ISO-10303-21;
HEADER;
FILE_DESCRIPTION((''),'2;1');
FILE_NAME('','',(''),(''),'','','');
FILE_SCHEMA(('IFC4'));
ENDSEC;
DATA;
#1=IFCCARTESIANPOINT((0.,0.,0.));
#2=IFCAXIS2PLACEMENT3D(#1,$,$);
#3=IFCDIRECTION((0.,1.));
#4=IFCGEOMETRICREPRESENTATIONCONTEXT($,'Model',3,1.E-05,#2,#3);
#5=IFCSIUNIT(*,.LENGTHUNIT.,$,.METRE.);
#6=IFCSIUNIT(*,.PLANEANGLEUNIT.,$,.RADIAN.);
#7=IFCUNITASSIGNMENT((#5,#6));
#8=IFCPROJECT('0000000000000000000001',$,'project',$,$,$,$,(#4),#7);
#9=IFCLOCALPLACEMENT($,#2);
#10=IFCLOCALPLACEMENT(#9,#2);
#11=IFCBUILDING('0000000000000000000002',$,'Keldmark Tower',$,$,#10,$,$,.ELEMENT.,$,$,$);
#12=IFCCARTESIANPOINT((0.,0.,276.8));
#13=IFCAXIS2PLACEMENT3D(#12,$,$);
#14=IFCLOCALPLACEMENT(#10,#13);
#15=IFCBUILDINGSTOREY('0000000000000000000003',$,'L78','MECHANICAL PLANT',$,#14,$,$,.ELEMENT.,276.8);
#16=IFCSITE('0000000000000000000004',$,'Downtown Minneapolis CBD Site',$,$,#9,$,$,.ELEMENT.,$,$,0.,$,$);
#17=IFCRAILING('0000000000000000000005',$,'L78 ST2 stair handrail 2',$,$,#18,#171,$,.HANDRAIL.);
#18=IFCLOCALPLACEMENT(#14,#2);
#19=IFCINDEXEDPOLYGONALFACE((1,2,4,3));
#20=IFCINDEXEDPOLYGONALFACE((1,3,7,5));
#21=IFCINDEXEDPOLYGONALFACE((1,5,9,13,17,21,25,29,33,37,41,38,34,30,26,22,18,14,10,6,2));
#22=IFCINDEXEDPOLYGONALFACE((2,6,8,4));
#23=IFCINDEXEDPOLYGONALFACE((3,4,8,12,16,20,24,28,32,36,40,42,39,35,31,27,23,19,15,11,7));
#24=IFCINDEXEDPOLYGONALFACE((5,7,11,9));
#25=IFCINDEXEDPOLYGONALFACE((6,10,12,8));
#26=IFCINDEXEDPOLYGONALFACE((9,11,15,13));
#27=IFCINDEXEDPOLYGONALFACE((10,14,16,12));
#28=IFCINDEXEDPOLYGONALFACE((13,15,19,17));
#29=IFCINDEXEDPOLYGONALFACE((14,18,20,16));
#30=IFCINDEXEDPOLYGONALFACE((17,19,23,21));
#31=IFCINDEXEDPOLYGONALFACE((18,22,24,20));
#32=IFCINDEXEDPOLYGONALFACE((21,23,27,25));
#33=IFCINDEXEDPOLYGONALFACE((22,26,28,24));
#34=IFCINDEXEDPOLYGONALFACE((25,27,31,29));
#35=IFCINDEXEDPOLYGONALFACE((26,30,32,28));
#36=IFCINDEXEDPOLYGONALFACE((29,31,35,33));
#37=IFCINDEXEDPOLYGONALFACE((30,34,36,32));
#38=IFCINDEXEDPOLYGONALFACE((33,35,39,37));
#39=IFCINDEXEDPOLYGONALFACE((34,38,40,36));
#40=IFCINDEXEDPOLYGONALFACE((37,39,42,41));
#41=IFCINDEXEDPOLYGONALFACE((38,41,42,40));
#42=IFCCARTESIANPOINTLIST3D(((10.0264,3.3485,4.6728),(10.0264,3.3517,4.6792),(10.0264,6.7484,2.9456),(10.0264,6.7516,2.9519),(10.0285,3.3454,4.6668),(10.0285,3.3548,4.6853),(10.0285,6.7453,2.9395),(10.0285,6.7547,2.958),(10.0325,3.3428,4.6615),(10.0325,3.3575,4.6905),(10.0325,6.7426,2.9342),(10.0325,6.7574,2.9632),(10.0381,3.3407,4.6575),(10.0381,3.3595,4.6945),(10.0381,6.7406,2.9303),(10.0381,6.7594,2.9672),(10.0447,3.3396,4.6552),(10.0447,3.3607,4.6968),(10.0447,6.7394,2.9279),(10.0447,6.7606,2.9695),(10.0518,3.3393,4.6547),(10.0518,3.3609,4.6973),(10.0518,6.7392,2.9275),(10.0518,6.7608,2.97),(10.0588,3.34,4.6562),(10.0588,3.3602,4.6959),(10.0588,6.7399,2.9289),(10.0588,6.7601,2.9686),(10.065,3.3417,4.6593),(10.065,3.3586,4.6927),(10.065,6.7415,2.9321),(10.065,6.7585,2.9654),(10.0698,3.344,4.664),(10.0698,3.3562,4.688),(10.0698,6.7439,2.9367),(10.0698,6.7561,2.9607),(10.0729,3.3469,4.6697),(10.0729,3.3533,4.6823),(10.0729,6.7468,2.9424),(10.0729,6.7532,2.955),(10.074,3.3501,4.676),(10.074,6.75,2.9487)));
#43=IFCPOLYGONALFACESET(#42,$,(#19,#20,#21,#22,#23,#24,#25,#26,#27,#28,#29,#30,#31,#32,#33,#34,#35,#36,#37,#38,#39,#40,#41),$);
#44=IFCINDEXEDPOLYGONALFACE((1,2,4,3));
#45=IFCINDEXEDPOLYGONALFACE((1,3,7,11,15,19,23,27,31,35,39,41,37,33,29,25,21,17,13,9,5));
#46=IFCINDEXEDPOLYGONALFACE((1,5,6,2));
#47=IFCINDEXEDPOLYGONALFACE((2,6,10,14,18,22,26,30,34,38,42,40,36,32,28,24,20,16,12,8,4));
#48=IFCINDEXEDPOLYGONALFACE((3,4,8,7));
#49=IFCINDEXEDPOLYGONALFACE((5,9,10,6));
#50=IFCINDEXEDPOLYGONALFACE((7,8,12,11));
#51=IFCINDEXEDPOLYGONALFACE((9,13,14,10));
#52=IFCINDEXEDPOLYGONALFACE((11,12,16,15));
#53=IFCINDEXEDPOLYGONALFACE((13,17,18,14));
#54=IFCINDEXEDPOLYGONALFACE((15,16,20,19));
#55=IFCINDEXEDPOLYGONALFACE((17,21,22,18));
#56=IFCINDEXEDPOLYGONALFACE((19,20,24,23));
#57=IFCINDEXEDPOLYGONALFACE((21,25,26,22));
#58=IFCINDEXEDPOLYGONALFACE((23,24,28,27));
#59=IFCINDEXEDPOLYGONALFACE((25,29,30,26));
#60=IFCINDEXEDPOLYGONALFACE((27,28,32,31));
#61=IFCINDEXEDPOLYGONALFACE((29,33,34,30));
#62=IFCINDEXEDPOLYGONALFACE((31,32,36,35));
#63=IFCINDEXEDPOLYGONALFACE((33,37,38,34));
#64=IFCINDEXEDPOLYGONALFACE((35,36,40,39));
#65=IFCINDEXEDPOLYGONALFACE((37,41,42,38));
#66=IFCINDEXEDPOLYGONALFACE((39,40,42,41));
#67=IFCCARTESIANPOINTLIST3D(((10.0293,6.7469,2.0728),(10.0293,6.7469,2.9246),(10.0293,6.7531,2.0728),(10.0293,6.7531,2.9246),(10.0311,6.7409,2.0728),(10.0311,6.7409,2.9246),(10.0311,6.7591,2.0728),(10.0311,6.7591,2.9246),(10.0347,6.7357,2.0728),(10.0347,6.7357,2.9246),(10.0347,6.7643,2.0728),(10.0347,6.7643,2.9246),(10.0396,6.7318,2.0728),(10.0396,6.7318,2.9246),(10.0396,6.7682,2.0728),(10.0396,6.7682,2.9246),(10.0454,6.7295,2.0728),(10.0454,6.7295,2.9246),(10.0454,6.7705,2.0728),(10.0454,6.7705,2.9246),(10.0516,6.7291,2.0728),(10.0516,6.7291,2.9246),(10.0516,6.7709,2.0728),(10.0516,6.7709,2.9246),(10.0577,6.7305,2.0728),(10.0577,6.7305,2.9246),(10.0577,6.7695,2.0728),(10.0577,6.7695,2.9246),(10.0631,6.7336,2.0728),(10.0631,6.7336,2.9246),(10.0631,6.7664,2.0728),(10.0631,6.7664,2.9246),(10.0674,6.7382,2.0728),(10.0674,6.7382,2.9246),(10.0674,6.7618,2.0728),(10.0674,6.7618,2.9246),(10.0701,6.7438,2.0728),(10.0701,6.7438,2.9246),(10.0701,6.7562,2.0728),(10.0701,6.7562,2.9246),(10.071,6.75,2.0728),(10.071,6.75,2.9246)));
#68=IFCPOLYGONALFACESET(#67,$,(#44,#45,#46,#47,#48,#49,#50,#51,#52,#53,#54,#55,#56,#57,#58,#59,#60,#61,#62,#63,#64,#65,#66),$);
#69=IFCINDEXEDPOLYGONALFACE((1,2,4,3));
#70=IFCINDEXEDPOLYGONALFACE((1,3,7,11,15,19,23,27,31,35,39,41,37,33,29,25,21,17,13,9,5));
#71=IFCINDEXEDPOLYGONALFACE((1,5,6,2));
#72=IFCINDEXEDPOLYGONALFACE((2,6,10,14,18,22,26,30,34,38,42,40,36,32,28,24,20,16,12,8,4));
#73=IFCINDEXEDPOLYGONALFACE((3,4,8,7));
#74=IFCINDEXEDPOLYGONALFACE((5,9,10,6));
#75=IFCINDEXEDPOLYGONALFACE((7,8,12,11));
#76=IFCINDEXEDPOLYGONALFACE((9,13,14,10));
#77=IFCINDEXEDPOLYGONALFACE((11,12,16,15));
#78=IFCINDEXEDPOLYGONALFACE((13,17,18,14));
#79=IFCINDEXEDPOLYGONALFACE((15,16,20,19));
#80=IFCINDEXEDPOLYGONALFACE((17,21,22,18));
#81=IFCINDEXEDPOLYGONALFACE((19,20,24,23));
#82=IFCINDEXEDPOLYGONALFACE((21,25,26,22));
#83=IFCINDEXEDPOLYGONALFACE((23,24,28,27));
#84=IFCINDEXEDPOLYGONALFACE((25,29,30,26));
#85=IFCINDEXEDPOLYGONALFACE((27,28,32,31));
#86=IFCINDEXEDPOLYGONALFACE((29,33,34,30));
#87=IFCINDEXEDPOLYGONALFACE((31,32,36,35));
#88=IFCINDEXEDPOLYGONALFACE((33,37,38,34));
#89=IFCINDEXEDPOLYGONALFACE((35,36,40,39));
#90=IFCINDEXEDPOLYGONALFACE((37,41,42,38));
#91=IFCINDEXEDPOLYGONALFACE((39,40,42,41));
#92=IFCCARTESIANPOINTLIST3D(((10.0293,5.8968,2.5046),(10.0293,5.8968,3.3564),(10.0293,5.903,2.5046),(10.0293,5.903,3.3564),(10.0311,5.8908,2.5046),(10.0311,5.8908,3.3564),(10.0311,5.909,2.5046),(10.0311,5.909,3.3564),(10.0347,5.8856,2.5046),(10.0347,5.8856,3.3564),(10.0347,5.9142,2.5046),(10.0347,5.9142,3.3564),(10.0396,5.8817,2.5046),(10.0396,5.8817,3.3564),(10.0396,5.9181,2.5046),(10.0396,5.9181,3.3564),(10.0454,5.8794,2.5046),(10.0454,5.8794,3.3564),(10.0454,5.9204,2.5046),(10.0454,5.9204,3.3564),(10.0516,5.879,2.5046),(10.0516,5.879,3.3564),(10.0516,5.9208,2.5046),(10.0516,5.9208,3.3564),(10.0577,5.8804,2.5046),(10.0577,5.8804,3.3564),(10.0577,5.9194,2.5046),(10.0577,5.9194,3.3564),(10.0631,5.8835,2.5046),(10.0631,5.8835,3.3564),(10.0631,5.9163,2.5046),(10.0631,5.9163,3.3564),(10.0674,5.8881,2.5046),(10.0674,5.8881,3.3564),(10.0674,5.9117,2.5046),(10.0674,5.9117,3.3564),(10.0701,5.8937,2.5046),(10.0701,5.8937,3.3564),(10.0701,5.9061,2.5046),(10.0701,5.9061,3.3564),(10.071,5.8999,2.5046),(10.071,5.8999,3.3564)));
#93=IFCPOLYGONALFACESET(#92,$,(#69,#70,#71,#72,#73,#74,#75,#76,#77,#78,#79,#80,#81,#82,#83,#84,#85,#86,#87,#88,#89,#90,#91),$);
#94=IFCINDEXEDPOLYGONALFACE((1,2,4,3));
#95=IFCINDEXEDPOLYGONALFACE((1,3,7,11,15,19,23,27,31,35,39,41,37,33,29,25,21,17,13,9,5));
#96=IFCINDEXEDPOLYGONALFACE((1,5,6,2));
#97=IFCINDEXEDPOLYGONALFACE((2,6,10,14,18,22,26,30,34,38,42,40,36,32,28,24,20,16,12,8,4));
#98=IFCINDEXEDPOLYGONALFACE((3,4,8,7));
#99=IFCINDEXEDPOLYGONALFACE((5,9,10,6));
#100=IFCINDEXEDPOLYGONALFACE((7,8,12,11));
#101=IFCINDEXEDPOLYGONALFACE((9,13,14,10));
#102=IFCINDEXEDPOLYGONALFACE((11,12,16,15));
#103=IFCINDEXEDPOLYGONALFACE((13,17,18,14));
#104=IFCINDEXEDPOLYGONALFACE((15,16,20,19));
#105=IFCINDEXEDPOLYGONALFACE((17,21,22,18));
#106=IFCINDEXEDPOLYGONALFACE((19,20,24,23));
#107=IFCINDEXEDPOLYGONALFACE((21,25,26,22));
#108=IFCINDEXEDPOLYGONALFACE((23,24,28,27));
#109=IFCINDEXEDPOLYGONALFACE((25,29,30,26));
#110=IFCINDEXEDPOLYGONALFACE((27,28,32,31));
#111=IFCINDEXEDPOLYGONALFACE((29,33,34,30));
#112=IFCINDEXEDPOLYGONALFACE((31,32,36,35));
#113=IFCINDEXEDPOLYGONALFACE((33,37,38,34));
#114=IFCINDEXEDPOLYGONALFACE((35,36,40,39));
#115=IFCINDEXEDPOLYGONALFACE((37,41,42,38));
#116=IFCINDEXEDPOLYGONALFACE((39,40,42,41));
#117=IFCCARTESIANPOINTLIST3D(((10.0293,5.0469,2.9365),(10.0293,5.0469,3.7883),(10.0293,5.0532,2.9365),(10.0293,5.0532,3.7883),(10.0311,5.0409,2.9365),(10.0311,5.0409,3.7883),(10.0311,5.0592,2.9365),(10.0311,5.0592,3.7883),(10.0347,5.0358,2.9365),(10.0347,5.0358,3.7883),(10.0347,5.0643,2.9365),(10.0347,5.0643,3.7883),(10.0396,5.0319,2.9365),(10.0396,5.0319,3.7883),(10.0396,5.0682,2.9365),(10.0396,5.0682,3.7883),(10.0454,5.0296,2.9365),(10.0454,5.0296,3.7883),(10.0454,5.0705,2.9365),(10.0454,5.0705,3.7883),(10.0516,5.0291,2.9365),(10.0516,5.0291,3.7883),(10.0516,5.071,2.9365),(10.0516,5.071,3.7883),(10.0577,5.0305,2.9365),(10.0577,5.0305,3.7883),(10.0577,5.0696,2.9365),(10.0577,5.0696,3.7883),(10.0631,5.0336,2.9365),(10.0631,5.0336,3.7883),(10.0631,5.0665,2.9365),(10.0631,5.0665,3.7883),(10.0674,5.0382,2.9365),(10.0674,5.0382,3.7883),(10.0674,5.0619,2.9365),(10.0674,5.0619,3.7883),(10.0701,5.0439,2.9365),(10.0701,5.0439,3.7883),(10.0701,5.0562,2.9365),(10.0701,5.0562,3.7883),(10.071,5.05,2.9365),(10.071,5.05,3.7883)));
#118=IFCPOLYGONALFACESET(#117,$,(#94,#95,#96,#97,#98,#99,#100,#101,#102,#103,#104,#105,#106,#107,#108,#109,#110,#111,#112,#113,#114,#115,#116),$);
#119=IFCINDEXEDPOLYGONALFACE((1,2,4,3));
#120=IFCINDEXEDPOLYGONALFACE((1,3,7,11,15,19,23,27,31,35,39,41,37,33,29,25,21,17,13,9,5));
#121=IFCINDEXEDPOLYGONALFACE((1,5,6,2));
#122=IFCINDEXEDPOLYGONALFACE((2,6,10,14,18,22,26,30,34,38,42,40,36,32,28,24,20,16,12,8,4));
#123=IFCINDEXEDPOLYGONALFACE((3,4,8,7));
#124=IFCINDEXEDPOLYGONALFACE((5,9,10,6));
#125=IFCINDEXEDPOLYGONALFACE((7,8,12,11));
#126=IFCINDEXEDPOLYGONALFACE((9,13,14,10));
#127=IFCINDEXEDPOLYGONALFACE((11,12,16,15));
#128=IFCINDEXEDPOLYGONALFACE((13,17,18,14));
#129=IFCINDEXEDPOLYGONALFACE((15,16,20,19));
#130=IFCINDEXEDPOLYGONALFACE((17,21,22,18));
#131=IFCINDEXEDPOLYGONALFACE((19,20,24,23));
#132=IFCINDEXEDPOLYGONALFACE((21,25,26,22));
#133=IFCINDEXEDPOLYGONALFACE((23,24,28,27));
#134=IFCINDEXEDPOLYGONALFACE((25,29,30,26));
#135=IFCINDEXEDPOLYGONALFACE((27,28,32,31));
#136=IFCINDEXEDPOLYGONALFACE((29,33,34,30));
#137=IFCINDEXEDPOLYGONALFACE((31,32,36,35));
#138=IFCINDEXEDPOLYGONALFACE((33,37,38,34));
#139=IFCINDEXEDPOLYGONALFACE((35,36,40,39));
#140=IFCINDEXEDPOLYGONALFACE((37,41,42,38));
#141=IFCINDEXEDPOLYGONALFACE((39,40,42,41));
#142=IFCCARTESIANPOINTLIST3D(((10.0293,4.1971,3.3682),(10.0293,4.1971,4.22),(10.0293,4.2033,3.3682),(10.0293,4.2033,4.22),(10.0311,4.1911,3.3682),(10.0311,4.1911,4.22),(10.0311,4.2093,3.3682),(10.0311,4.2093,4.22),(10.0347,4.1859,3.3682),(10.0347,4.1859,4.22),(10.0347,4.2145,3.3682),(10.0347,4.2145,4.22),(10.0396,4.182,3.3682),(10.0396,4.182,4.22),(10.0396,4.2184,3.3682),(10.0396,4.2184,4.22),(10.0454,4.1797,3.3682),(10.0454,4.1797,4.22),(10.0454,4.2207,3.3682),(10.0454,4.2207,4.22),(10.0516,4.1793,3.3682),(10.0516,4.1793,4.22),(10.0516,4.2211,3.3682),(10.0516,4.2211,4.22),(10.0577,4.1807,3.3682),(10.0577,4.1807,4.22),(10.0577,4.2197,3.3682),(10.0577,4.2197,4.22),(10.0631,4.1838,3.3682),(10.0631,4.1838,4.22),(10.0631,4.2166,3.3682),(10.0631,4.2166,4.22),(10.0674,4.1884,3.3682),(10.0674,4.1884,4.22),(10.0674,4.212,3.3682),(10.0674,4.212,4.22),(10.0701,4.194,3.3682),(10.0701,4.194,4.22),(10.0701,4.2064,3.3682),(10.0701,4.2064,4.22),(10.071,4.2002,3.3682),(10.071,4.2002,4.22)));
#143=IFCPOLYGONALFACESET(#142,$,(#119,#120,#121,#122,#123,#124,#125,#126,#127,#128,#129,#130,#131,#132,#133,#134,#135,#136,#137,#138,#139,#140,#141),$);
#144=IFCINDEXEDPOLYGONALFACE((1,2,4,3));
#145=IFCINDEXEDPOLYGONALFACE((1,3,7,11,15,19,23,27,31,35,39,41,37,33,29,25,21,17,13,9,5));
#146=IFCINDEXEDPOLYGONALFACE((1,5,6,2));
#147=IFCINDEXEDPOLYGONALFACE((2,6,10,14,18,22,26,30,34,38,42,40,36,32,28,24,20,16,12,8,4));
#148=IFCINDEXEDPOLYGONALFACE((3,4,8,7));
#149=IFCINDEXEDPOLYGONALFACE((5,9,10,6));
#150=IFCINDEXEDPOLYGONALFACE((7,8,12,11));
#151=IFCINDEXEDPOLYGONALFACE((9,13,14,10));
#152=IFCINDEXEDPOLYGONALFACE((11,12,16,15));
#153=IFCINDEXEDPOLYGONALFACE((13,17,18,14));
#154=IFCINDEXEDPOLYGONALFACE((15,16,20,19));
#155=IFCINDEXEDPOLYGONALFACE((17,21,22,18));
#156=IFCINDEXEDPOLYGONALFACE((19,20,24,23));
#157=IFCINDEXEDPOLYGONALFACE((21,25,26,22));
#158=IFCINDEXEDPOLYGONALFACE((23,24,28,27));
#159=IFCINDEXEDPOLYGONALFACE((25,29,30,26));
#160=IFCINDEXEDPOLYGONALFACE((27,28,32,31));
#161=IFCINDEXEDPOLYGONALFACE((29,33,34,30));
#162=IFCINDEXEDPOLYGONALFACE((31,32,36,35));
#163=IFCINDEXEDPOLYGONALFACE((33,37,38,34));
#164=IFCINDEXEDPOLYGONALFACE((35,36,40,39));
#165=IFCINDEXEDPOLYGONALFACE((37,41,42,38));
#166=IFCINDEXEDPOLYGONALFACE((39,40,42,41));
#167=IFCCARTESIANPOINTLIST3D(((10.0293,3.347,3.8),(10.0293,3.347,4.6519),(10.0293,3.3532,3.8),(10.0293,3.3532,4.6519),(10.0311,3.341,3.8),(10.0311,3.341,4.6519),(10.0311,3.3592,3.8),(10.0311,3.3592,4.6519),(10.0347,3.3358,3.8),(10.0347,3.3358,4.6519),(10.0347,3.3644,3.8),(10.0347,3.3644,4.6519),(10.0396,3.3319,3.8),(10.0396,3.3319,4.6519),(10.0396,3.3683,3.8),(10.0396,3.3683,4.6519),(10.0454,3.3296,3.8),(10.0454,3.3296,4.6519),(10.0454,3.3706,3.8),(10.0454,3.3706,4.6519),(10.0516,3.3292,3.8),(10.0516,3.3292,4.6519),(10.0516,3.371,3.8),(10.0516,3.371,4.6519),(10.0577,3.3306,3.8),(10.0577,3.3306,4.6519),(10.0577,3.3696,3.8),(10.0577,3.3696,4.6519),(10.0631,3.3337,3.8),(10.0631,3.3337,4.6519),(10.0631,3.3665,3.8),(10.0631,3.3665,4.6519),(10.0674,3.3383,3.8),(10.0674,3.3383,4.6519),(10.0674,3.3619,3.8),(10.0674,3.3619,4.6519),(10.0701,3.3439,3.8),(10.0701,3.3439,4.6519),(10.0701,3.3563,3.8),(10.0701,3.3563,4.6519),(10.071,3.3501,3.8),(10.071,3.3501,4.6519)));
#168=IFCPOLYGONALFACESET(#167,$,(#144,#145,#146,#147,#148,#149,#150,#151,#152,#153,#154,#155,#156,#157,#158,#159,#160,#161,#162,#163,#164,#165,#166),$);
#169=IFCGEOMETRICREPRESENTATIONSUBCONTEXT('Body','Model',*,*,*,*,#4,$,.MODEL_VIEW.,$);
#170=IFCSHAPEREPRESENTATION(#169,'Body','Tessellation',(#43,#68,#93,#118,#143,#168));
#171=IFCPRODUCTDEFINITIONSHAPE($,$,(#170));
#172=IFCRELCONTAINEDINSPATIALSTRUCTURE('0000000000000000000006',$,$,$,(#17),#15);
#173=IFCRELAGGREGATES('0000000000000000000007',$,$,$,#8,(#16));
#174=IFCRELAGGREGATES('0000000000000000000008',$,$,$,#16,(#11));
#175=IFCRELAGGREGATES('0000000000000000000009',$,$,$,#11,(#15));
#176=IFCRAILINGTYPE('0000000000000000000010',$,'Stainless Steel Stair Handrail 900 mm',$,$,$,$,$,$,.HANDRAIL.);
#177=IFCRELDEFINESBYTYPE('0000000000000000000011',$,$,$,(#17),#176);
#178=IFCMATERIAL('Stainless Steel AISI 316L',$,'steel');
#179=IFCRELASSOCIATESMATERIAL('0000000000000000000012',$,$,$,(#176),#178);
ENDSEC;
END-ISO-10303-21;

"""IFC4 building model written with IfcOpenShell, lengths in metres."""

from ifc_helpers import new_model, si_unit, direction, frame, origin, origin_2d, place, context, subcontext, project, spatial, circle, extrude, material, type_object, element, save


model = new_model("IFC4")

# Units and contexts
model_context = context("Model", 3, precision=1e-05, world=origin(), true_north=direction((0.0, 1.0)))
body_context = subcontext(model_context, "Body", "Model", "MODEL_VIEW")
ifc_project = project(units=[si_unit("LENGTHUNIT", "METRE"), si_unit("PLANEANGLEUNIT", "RADIAN")], contexts=[model_context])

# Site, building, storey
site_placement = place(None, origin())
site = spatial("IfcSite", under=ifc_project, at=site_placement, Name="Downtown Minneapolis CBD Site", CompositionType="ELEMENT", RefElevation=0.0)
building_placement = place(site_placement, origin())
building = spatial("IfcBuilding", under=site, at=building_placement, Name="Keldmark Tower", CompositionType="ELEMENT")
storey_placement = place(building_placement, frame((0.0, 0.0, 276.8)))
storey = spatial("IfcBuildingStorey", under=building, at=storey_placement, Name="L78", Description="MECHANICAL PLANT", CompositionType="ELEMENT", Elevation=276.8)

# Railing
ifc_material_1 = material(Name="Stainless Steel AISI 316L", Category="steel")
railing_type_1 = type_object("IfcRailingType", Name="Stainless Steel Stair Handrail 900 mm", PredefinedType="HANDRAIL", material=ifc_material_1)
railing_1_placement = place(storey_placement, frame((10.05, 6.75, 2.0728)))
element("IfcRailing", 1, at=railing_1_placement, inside=storey, type_object=railing_type_1, Name="L78 ST2 stair handrail 2", PredefinedType="HANDRAIL", context=body_context, shape_type="SweptSolid", body=[
    extrude(circle(Radius=0.0239, at=origin_2d()), frame((0.0, 0.0, 0.876), z_axis=(0.0, -0.891541, 0.452941), x_axis=(1.0, 0.0, 0.0)), (0.0, 0.0, 1.0), 3.8135),
    extrude(circle(Radius=0.021, at=origin_2d()), origin(), (0.0, 0.0, 1.0), 0.8518),
    extrude(circle(Radius=0.021, at=origin_2d()), frame((0.0, -0.8501, 0.4319)), (0.0, 0.0, 1.0), 0.8518),
    extrude(circle(Radius=0.021, at=origin_2d()), frame((0.0, -1.7, 0.8638)), (0.0, 0.0, 1.0), 0.8518),
    extrude(circle(Radius=0.021, at=origin_2d()), frame((0.0, -2.5498, 1.2954)), (0.0, 0.0, 1.0), 0.8518),
    extrude(circle(Radius=0.021, at=origin_2d()), frame((0.0, -3.3999, 1.7273)), (0.0, 0.0, 1.0), 0.8518),
])

save(model, "model.ifc")
